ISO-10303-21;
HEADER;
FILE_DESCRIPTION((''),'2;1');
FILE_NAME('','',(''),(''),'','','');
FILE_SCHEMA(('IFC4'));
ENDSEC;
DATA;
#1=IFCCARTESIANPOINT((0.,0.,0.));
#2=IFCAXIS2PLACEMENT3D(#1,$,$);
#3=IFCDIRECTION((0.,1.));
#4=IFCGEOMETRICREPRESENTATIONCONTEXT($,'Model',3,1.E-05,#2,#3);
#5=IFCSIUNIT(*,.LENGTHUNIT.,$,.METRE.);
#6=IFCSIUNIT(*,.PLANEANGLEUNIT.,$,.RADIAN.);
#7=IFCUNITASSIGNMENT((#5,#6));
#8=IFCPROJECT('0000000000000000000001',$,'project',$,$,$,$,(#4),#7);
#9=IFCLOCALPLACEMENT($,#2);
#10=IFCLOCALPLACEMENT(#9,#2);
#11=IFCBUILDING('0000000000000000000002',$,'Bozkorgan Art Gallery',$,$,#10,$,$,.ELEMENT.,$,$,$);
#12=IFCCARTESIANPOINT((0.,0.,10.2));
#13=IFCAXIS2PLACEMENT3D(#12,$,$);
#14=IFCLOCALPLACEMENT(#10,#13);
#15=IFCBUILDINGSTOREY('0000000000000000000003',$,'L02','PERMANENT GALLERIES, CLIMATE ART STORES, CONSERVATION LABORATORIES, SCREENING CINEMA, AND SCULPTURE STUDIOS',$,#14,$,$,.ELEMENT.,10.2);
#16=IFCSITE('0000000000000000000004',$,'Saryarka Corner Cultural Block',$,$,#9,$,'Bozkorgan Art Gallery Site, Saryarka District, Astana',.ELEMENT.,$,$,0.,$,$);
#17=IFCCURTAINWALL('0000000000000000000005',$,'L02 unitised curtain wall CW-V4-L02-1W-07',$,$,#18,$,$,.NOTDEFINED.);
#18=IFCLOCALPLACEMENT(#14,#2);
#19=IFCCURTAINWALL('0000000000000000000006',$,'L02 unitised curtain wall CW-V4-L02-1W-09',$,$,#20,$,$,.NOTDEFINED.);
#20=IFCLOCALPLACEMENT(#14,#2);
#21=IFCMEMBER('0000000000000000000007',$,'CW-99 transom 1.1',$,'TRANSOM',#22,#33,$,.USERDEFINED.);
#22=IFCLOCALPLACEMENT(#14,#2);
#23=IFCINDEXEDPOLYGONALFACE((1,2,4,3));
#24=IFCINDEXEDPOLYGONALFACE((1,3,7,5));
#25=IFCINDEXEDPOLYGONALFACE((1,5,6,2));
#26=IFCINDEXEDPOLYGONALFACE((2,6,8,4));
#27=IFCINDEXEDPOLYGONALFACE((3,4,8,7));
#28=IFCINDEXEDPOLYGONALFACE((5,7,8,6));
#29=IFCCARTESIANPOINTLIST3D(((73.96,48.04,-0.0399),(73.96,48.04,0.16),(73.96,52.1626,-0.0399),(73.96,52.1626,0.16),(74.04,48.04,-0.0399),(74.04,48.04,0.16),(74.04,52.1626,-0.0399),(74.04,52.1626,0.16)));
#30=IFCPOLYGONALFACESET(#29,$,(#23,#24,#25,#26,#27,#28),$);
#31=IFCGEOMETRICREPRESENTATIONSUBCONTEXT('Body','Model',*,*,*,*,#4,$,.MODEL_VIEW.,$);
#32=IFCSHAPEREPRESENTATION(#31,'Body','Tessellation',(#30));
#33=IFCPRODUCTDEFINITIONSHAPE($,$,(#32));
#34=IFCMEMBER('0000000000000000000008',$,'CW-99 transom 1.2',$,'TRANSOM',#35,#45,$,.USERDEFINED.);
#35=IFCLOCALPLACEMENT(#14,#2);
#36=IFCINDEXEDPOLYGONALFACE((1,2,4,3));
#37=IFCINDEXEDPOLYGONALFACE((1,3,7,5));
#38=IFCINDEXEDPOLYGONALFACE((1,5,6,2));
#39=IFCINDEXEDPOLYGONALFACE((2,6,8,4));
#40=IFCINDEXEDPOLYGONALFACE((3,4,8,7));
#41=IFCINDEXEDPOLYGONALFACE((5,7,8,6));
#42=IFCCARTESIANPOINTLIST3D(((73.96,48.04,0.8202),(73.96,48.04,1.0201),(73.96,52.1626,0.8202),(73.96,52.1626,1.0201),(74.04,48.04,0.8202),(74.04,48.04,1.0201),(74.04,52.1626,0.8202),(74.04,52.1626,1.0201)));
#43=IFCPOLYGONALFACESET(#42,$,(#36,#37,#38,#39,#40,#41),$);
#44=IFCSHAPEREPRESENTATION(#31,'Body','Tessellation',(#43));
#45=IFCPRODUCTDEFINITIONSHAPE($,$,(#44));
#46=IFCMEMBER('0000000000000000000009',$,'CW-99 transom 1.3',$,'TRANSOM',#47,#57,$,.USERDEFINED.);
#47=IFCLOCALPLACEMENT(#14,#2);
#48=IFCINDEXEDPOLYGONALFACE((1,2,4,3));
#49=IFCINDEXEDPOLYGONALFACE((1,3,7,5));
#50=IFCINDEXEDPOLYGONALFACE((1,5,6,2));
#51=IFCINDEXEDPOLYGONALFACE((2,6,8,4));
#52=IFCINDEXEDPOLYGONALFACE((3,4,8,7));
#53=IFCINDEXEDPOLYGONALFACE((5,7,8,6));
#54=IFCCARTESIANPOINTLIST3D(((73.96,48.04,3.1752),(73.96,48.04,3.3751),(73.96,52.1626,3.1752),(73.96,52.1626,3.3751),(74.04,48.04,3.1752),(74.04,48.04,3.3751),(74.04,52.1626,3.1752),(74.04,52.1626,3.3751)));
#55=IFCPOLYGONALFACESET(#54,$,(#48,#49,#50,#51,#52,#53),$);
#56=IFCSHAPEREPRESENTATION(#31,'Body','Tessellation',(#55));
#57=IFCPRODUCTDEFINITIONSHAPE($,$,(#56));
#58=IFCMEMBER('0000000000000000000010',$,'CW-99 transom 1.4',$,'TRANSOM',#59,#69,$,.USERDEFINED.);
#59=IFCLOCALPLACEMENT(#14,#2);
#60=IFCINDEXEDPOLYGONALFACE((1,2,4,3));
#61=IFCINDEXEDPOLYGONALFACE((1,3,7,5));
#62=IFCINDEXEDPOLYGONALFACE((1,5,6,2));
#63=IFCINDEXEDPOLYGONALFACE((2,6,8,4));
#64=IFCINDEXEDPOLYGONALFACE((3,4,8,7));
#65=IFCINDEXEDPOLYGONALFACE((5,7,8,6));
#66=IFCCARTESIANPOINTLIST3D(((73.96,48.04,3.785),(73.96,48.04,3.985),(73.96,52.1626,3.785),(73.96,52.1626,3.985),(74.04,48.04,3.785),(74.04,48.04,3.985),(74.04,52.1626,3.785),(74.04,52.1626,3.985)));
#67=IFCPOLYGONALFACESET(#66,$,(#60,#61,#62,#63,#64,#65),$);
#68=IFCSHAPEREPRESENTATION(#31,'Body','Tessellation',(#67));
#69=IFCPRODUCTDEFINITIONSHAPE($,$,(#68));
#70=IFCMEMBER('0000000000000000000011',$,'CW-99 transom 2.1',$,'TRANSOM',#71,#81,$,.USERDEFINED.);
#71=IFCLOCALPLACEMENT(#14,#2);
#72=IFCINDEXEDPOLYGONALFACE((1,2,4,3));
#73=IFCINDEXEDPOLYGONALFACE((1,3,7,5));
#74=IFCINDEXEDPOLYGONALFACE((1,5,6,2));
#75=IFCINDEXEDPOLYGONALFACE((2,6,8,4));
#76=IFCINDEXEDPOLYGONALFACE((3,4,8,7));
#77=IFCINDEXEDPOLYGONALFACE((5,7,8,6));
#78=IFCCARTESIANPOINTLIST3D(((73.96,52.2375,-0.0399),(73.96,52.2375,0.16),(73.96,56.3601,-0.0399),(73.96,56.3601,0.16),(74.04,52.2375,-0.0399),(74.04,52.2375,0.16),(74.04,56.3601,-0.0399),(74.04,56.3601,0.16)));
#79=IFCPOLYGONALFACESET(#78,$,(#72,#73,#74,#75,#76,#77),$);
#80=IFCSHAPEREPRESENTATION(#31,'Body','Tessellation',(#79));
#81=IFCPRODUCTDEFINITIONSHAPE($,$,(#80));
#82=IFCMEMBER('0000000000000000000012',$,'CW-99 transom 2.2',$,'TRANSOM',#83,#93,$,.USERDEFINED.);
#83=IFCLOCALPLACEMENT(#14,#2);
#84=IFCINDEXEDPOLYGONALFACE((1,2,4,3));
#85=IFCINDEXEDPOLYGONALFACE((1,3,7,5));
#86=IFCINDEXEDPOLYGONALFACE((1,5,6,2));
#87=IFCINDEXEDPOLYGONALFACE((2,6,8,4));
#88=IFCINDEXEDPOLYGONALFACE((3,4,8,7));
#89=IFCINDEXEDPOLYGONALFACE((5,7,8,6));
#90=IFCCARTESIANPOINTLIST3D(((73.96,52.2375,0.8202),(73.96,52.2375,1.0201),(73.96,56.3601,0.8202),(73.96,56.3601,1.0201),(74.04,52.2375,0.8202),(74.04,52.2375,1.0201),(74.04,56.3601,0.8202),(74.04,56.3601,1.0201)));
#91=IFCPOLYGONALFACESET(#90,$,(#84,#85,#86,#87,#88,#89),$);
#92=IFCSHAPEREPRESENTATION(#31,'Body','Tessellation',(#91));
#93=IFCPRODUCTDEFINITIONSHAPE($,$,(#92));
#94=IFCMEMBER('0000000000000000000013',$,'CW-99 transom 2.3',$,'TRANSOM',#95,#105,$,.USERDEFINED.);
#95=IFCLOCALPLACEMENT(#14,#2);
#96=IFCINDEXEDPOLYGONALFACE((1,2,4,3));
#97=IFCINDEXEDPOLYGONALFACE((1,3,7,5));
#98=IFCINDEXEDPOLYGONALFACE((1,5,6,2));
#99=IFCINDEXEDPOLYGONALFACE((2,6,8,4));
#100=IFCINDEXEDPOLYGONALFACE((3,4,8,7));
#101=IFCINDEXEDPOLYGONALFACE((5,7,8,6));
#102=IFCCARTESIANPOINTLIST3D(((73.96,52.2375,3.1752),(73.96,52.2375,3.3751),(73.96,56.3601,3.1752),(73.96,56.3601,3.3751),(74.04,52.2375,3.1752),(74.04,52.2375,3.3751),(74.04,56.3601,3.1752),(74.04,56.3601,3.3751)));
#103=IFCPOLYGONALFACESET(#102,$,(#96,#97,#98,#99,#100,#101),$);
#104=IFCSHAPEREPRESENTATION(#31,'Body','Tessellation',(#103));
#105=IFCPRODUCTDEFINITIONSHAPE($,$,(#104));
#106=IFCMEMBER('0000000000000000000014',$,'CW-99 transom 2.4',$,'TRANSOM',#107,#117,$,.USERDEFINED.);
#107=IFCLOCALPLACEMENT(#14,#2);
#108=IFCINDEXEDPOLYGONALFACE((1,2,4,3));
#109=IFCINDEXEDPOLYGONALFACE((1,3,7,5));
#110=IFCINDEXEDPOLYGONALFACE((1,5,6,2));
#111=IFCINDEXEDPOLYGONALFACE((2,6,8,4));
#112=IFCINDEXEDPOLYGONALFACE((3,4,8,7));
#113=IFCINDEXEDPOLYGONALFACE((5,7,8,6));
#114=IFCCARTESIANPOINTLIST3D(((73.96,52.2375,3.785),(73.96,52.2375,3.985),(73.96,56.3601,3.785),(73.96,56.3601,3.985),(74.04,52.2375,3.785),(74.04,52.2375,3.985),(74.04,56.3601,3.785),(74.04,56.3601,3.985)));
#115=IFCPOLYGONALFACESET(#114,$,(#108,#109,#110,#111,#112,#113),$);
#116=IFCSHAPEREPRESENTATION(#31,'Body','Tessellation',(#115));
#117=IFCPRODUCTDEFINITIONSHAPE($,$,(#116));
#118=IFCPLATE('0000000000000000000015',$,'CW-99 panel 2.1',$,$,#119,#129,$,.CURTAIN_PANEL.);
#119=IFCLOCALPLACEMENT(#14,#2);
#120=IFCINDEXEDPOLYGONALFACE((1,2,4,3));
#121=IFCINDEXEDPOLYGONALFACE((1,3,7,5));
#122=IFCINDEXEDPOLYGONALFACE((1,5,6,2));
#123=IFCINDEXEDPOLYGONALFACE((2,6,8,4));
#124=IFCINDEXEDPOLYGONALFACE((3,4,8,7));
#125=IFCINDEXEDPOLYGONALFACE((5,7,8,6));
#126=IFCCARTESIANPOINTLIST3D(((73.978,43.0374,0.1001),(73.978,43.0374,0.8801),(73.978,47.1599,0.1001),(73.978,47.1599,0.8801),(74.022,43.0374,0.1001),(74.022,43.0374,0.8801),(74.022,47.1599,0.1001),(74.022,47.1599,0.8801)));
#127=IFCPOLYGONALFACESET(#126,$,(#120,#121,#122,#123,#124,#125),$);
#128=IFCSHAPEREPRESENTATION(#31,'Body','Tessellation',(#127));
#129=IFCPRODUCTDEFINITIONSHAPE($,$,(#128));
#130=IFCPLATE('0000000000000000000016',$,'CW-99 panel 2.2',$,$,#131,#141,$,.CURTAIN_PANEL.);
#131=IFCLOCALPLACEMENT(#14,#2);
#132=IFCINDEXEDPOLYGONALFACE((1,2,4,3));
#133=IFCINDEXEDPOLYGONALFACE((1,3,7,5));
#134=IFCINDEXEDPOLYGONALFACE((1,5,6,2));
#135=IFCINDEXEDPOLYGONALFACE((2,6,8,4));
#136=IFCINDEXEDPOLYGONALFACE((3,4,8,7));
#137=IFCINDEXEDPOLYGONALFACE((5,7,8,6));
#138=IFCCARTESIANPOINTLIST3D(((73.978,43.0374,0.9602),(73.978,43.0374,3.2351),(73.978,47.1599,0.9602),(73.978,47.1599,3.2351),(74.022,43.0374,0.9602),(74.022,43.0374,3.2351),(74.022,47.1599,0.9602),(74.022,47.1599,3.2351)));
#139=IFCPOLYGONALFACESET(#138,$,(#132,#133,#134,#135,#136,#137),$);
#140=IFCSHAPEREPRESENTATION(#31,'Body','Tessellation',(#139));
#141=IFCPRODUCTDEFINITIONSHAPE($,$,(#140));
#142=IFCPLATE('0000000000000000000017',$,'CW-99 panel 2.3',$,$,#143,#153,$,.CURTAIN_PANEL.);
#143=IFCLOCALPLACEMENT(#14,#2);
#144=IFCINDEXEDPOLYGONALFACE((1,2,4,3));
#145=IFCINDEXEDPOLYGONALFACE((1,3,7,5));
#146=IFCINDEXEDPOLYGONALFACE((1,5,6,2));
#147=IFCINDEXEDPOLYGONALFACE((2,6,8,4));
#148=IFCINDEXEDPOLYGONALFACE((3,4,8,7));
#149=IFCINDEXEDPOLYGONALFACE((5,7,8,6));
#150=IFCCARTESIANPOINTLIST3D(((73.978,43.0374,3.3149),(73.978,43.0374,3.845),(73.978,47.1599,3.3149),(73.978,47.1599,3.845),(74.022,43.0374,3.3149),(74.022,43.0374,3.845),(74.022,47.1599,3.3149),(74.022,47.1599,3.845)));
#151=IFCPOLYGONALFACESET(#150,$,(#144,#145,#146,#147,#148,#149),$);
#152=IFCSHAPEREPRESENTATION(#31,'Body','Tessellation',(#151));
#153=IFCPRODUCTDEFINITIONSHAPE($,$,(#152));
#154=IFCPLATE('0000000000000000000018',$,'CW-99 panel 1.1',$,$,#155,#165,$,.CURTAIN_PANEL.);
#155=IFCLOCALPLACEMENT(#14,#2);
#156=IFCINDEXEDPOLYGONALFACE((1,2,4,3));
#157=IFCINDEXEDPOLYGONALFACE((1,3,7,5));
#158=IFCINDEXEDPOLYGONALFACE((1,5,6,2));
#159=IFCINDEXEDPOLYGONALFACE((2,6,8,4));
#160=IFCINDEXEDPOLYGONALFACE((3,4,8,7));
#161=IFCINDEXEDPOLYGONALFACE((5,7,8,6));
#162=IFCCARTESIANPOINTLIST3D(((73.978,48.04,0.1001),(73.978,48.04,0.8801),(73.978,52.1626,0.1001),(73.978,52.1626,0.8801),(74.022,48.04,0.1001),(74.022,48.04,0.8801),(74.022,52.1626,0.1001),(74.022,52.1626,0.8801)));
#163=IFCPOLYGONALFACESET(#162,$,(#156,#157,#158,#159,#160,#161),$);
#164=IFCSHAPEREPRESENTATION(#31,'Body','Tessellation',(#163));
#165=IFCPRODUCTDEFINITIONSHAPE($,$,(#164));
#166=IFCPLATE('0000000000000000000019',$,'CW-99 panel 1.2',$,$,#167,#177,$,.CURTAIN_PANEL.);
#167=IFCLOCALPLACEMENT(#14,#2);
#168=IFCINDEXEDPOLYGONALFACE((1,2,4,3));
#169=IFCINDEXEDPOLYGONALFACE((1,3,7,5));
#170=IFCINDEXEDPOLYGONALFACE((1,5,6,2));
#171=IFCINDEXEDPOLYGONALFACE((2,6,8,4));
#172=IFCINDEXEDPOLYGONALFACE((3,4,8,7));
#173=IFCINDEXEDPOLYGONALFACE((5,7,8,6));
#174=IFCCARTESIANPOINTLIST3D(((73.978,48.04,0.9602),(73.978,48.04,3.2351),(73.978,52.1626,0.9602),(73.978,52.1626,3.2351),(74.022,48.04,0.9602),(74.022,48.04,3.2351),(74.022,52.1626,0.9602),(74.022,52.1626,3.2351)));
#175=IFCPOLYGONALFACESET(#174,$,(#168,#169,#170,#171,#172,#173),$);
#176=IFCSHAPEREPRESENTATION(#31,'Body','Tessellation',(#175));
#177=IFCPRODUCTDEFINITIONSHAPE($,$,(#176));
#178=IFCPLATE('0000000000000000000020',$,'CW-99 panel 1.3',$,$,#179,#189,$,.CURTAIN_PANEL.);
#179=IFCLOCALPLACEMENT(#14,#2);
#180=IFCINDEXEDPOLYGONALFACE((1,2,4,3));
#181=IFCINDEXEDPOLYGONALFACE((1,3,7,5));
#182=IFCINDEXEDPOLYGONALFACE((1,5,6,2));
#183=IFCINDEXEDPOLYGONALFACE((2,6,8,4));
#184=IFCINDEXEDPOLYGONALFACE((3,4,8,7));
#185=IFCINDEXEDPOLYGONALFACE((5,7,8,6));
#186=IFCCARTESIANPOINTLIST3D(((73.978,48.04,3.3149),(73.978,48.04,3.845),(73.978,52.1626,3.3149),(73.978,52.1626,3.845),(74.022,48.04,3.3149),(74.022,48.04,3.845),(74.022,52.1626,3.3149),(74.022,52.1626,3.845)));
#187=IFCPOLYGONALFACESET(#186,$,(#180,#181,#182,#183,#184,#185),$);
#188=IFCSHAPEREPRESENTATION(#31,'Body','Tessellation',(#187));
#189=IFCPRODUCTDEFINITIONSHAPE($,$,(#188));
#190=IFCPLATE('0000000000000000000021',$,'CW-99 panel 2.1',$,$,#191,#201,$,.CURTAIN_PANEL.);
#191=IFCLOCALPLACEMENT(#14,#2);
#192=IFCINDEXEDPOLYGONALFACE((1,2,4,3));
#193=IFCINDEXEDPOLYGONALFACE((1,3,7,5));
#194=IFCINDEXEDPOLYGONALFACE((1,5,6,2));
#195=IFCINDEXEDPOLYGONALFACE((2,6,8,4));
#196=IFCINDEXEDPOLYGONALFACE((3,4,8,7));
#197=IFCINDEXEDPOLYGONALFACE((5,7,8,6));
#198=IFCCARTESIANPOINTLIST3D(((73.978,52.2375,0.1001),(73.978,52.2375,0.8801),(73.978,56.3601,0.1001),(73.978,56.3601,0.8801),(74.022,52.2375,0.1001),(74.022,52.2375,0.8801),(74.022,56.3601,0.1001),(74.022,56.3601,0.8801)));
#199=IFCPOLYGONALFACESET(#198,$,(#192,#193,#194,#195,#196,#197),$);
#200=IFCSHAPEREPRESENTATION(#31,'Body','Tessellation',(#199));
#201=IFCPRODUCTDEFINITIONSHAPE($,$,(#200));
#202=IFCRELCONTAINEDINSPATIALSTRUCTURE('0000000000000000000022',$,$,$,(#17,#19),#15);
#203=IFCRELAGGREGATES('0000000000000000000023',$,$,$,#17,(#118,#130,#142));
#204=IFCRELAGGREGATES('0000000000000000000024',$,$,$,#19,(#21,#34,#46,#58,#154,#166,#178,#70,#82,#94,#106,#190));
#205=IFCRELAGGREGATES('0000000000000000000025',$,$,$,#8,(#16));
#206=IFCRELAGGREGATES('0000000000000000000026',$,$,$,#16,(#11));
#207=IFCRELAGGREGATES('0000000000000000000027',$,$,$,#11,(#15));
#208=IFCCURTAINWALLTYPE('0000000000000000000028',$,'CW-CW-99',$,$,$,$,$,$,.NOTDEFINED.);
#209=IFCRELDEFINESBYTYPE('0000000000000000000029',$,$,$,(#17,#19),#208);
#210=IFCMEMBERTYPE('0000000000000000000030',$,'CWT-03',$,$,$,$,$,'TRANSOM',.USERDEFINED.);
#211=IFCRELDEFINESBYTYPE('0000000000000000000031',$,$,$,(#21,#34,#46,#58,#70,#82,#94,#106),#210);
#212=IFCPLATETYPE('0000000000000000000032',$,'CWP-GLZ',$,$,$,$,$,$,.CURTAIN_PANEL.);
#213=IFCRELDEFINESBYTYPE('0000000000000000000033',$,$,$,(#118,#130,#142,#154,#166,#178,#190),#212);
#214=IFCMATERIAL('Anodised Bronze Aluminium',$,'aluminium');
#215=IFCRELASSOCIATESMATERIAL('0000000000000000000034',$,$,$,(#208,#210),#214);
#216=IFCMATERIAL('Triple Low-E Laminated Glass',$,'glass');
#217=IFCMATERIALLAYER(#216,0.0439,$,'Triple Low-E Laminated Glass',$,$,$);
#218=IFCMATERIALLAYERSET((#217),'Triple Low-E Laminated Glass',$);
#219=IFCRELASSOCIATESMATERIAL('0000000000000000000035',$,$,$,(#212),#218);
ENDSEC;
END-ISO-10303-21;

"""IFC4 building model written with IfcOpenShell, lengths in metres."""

from ifc_helpers import new_model, si_unit, direction, frame, origin, origin_2d, place, context, subcontext, project, spatial, rectangle, extrude, material, layer, layer_set, material_profile, profile_set, type_object, element, aggregate, save


model = new_model("IFC4")

# Units and contexts
model_context = context("Model", 3, precision=1e-05, world=origin(), true_north=direction((0.0, 1.0)))
body_context = subcontext(model_context, "Body", "Model", "MODEL_VIEW")
ifc_project = project(units=[si_unit("LENGTHUNIT", "METRE"), si_unit("PLANEANGLEUNIT", "RADIAN")], contexts=[model_context])

# Site, building, storey
site_placement = place(None, origin())
site = spatial("IfcSite", under=ifc_project, at=site_placement, Name="Saryarka Corner Cultural Block", LongName="Bozkorgan Art Gallery Site, Saryarka District, Astana", CompositionType="ELEMENT", RefElevation=0.0)
building_placement = place(site_placement, origin())
building = spatial("IfcBuilding", under=site, at=building_placement, Name="Bozkorgan Art Gallery", CompositionType="ELEMENT")
storey_placement = place(building_placement, frame((0.0, 0.0, 10.2)))
storey = spatial("IfcBuildingStorey", under=building, at=storey_placement, Name="L02", Description="PERMANENT GALLERIES, CLIMATE ART STORES, CONSERVATION LABORATORIES, SCREENING CINEMA, AND SCULPTURE STUDIOS", CompositionType="ELEMENT", Elevation=10.2)

# Curtain walls
ifc_material_1 = material(Name="Anodised Bronze Aluminium", Category="aluminium")
curtain_wall_type = type_object("IfcCurtainWallType", Name="CW-CW-99", PredefinedType="NOTDEFINED", material=ifc_material_1)
curtain_wall_1_placement = place(storey_placement, origin())
curtain_wall_1 = element("IfcCurtainWall", 1, at=curtain_wall_1_placement, inside=storey, type_object=curtain_wall_type, Name="L02 unitised curtain wall CW-V4-L02-1W-07", PredefinedType="NOTDEFINED")
curtain_wall_2_placement = place(storey_placement, origin())
curtain_wall_2 = element("IfcCurtainWall", 2, at=curtain_wall_2_placement, inside=storey, type_object=curtain_wall_type, Name="L02 unitised curtain wall CW-V4-L02-1W-09", PredefinedType="NOTDEFINED")

# Members
ifc_material_profile_1 = material_profile(ifc_material_1, rectangle(XDim=0.0801, YDim=0.2, at=origin_2d()), Name="ALU TRANSOM 80x200")
ifc_profile_set_1 = profile_set([ifc_material_profile_1], Name="Anodised Bronze Aluminium")
member_type_1 = type_object("IfcMemberType", Name="CWT-03", ElementType="TRANSOM", PredefinedType="USERDEFINED", material=ifc_profile_set_1)
member_1_placement = place(storey_placement, frame((74.0, 48.04, 0.0601), z_axis=(0.0, 1.0, 0.0), x_axis=(-1.0, 0.0, 0.0)))
member_1 = element("IfcMember", 3, at=member_1_placement, type_object=member_type_1, Name="CW-99 transom 1.1", ObjectType="TRANSOM", PredefinedType="USERDEFINED", context=body_context, shape_type="SweptSolid", body=[
    extrude(rectangle(XDim=0.0801, YDim=0.2, at=origin_2d()), origin(), (0.0, 0.0, 1.0), 4.1226),
])
member_2_placement = place(storey_placement, frame((74.0, 48.04, 0.9202), z_axis=(0.0, 1.0, 0.0), x_axis=(-1.0, 0.0, 0.0)))
member_2 = element("IfcMember", 4, at=member_2_placement, type_object=member_type_1, Name="CW-99 transom 1.2", ObjectType="TRANSOM", PredefinedType="USERDEFINED", context=body_context, shape_type="SweptSolid", body=[
    extrude(rectangle(XDim=0.0801, YDim=0.2, at=origin_2d()), origin(), (0.0, 0.0, 1.0), 4.1226),
])
member_3_placement = place(storey_placement, frame((74.0, 48.04, 3.2751), z_axis=(0.0, 1.0, 0.0), x_axis=(-1.0, 0.0, 0.0)))
member_3 = element("IfcMember", 5, at=member_3_placement, type_object=member_type_1, Name="CW-99 transom 1.3", ObjectType="TRANSOM", PredefinedType="USERDEFINED", context=body_context, shape_type="SweptSolid", body=[
    extrude(rectangle(XDim=0.0801, YDim=0.2, at=origin_2d()), origin(), (0.0, 0.0, 1.0), 4.1226),
])
member_4_placement = place(storey_placement, frame((74.0, 48.04, 3.885), z_axis=(0.0, 1.0, 0.0), x_axis=(-1.0, 0.0, 0.0)))
member_4 = element("IfcMember", 6, at=member_4_placement, type_object=member_type_1, Name="CW-99 transom 1.4", ObjectType="TRANSOM", PredefinedType="USERDEFINED", context=body_context, shape_type="SweptSolid", body=[
    extrude(rectangle(XDim=0.0801, YDim=0.2, at=origin_2d()), origin(), (0.0, 0.0, 1.0), 4.1226),
])
member_5_placement = place(storey_placement, frame((74.0, 52.2375, 0.0601), z_axis=(0.0, 1.0, 0.0), x_axis=(-1.0, 0.0, 0.0)))
member_5 = element("IfcMember", 7, at=member_5_placement, type_object=member_type_1, Name="CW-99 transom 2.1", ObjectType="TRANSOM", PredefinedType="USERDEFINED", context=body_context, shape_type="SweptSolid", body=[
    extrude(rectangle(XDim=0.0801, YDim=0.2, at=origin_2d()), origin(), (0.0, 0.0, 1.0), 4.1226),
])
member_6_placement = place(storey_placement, frame((74.0, 52.2375, 0.9202), z_axis=(0.0, 1.0, 0.0), x_axis=(-1.0, 0.0, 0.0)))
member_6 = element("IfcMember", 8, at=member_6_placement, type_object=member_type_1, Name="CW-99 transom 2.2", ObjectType="TRANSOM", PredefinedType="USERDEFINED", context=body_context, shape_type="SweptSolid", body=[
    extrude(rectangle(XDim=0.0801, YDim=0.2, at=origin_2d()), origin(), (0.0, 0.0, 1.0), 4.1226),
])
member_7_placement = place(storey_placement, frame((74.0, 52.2375, 3.2751), z_axis=(0.0, 1.0, 0.0), x_axis=(-1.0, 0.0, 0.0)))
member_7 = element("IfcMember", 9, at=member_7_placement, type_object=member_type_1, Name="CW-99 transom 2.3", ObjectType="TRANSOM", PredefinedType="USERDEFINED", context=body_context, shape_type="SweptSolid", body=[
    extrude(rectangle(XDim=0.0801, YDim=0.2, at=origin_2d()), origin(), (0.0, 0.0, 1.0), 4.1226),
])
member_8_placement = place(storey_placement, frame((74.0, 52.2375, 3.885), z_axis=(0.0, 1.0, 0.0), x_axis=(-1.0, 0.0, 0.0)))
member_8 = element("IfcMember", 10, at=member_8_placement, type_object=member_type_1, Name="CW-99 transom 2.4", ObjectType="TRANSOM", PredefinedType="USERDEFINED", context=body_context, shape_type="SweptSolid", body=[
    extrude(rectangle(XDim=0.0801, YDim=0.2, at=origin_2d()), origin(), (0.0, 0.0, 1.0), 4.1226),
])

# Plates
ifc_material_2 = material(Name="Triple Low-E Laminated Glass", Category="glass")
ifc_layer = layer(ifc_material_2, 0.0439, Name="Triple Low-E Laminated Glass")
ifc_layer_set = layer_set([ifc_layer], Name="Triple Low-E Laminated Glass")
plate_type = type_object("IfcPlateType", Name="CWP-GLZ", PredefinedType="CURTAIN_PANEL", material=ifc_layer_set)
plate_1_placement = place(storey_placement, frame((74.0, 45.0986, 0.1001), z_axis=(0.0, 0.0, 1.0), x_axis=(0.0, 1.0, 0.0)))
plate_1 = element("IfcPlate", 11, at=plate_1_placement, type_object=plate_type, Name="CW-99 panel 2.1", PredefinedType="CURTAIN_PANEL", context=body_context, shape_type="SweptSolid", body=[
    extrude(rectangle(XDim=4.1226, YDim=0.0439, at=origin_2d()), origin(), (0.0, 0.0, 1.0), 0.78),
])
plate_2_placement = place(storey_placement, frame((74.0, 45.0986, 0.9602), z_axis=(0.0, 0.0, 1.0), x_axis=(0.0, 1.0, 0.0)))
plate_2 = element("IfcPlate", 12, at=plate_2_placement, type_object=plate_type, Name="CW-99 panel 2.2", PredefinedType="CURTAIN_PANEL", context=body_context, shape_type="SweptSolid", body=[
    extrude(rectangle(XDim=4.1226, YDim=0.0439, at=origin_2d()), origin(), (0.0, 0.0, 1.0), 2.2749),
])
plate_3_placement = place(storey_placement, frame((74.0, 45.0986, 3.3149), z_axis=(0.0, 0.0, 1.0), x_axis=(0.0, 1.0, 0.0)))
plate_3 = element("IfcPlate", 13, at=plate_3_placement, type_object=plate_type, Name="CW-99 panel 2.3", PredefinedType="CURTAIN_PANEL", context=body_context, shape_type="SweptSolid", body=[
    extrude(rectangle(XDim=4.1226, YDim=0.0439, at=origin_2d()), origin(), (0.0, 0.0, 1.0), 0.53),
])
aggregate(curtain_wall_1, [plate_1, plate_2, plate_3])
plate_4_placement = place(storey_placement, frame((74.0, 50.1013, 0.1001), z_axis=(0.0, 0.0, 1.0), x_axis=(0.0, 1.0, 0.0)))
plate_4 = element("IfcPlate", 14, at=plate_4_placement, type_object=plate_type, Name="CW-99 panel 1.1", PredefinedType="CURTAIN_PANEL", context=body_context, shape_type="SweptSolid", body=[
    extrude(rectangle(XDim=4.1226, YDim=0.0439, at=origin_2d()), origin(), (0.0, 0.0, 1.0), 0.78),
])
plate_5_placement = place(storey_placement, frame((74.0, 50.1013, 0.9602), z_axis=(0.0, 0.0, 1.0), x_axis=(0.0, 1.0, 0.0)))
plate_5 = element("IfcPlate", 15, at=plate_5_placement, type_object=plate_type, Name="CW-99 panel 1.2", PredefinedType="CURTAIN_PANEL", context=body_context, shape_type="SweptSolid", body=[
    extrude(rectangle(XDim=4.1226, YDim=0.0439, at=origin_2d()), origin(), (0.0, 0.0, 1.0), 2.2749),
])
plate_6_placement = place(storey_placement, frame((74.0, 50.1013, 3.3149), z_axis=(0.0, 0.0, 1.0), x_axis=(0.0, 1.0, 0.0)))
plate_6 = element("IfcPlate", 16, at=plate_6_placement, type_object=plate_type, Name="CW-99 panel 1.3", PredefinedType="CURTAIN_PANEL", context=body_context, shape_type="SweptSolid", body=[
    extrude(rectangle(XDim=4.1226, YDim=0.0439, at=origin_2d()), origin(), (0.0, 0.0, 1.0), 0.53),
])
plate_7_placement = place(storey_placement, frame((74.0, 54.2988, 0.1001), z_axis=(0.0, 0.0, 1.0), x_axis=(0.0, 1.0, 0.0)))
plate_7 = element("IfcPlate", 17, at=plate_7_placement, type_object=plate_type, Name="CW-99 panel 2.1", PredefinedType="CURTAIN_PANEL", context=body_context, shape_type="SweptSolid", body=[
    extrude(rectangle(XDim=4.1226, YDim=0.0439, at=origin_2d()), origin(), (0.0, 0.0, 1.0), 0.78),
])
aggregate(curtain_wall_2, [member_1, member_2, member_3, member_4, plate_4, plate_5, plate_6, member_5, member_6, member_7, member_8, plate_7])

save(model, "model.ifc")
